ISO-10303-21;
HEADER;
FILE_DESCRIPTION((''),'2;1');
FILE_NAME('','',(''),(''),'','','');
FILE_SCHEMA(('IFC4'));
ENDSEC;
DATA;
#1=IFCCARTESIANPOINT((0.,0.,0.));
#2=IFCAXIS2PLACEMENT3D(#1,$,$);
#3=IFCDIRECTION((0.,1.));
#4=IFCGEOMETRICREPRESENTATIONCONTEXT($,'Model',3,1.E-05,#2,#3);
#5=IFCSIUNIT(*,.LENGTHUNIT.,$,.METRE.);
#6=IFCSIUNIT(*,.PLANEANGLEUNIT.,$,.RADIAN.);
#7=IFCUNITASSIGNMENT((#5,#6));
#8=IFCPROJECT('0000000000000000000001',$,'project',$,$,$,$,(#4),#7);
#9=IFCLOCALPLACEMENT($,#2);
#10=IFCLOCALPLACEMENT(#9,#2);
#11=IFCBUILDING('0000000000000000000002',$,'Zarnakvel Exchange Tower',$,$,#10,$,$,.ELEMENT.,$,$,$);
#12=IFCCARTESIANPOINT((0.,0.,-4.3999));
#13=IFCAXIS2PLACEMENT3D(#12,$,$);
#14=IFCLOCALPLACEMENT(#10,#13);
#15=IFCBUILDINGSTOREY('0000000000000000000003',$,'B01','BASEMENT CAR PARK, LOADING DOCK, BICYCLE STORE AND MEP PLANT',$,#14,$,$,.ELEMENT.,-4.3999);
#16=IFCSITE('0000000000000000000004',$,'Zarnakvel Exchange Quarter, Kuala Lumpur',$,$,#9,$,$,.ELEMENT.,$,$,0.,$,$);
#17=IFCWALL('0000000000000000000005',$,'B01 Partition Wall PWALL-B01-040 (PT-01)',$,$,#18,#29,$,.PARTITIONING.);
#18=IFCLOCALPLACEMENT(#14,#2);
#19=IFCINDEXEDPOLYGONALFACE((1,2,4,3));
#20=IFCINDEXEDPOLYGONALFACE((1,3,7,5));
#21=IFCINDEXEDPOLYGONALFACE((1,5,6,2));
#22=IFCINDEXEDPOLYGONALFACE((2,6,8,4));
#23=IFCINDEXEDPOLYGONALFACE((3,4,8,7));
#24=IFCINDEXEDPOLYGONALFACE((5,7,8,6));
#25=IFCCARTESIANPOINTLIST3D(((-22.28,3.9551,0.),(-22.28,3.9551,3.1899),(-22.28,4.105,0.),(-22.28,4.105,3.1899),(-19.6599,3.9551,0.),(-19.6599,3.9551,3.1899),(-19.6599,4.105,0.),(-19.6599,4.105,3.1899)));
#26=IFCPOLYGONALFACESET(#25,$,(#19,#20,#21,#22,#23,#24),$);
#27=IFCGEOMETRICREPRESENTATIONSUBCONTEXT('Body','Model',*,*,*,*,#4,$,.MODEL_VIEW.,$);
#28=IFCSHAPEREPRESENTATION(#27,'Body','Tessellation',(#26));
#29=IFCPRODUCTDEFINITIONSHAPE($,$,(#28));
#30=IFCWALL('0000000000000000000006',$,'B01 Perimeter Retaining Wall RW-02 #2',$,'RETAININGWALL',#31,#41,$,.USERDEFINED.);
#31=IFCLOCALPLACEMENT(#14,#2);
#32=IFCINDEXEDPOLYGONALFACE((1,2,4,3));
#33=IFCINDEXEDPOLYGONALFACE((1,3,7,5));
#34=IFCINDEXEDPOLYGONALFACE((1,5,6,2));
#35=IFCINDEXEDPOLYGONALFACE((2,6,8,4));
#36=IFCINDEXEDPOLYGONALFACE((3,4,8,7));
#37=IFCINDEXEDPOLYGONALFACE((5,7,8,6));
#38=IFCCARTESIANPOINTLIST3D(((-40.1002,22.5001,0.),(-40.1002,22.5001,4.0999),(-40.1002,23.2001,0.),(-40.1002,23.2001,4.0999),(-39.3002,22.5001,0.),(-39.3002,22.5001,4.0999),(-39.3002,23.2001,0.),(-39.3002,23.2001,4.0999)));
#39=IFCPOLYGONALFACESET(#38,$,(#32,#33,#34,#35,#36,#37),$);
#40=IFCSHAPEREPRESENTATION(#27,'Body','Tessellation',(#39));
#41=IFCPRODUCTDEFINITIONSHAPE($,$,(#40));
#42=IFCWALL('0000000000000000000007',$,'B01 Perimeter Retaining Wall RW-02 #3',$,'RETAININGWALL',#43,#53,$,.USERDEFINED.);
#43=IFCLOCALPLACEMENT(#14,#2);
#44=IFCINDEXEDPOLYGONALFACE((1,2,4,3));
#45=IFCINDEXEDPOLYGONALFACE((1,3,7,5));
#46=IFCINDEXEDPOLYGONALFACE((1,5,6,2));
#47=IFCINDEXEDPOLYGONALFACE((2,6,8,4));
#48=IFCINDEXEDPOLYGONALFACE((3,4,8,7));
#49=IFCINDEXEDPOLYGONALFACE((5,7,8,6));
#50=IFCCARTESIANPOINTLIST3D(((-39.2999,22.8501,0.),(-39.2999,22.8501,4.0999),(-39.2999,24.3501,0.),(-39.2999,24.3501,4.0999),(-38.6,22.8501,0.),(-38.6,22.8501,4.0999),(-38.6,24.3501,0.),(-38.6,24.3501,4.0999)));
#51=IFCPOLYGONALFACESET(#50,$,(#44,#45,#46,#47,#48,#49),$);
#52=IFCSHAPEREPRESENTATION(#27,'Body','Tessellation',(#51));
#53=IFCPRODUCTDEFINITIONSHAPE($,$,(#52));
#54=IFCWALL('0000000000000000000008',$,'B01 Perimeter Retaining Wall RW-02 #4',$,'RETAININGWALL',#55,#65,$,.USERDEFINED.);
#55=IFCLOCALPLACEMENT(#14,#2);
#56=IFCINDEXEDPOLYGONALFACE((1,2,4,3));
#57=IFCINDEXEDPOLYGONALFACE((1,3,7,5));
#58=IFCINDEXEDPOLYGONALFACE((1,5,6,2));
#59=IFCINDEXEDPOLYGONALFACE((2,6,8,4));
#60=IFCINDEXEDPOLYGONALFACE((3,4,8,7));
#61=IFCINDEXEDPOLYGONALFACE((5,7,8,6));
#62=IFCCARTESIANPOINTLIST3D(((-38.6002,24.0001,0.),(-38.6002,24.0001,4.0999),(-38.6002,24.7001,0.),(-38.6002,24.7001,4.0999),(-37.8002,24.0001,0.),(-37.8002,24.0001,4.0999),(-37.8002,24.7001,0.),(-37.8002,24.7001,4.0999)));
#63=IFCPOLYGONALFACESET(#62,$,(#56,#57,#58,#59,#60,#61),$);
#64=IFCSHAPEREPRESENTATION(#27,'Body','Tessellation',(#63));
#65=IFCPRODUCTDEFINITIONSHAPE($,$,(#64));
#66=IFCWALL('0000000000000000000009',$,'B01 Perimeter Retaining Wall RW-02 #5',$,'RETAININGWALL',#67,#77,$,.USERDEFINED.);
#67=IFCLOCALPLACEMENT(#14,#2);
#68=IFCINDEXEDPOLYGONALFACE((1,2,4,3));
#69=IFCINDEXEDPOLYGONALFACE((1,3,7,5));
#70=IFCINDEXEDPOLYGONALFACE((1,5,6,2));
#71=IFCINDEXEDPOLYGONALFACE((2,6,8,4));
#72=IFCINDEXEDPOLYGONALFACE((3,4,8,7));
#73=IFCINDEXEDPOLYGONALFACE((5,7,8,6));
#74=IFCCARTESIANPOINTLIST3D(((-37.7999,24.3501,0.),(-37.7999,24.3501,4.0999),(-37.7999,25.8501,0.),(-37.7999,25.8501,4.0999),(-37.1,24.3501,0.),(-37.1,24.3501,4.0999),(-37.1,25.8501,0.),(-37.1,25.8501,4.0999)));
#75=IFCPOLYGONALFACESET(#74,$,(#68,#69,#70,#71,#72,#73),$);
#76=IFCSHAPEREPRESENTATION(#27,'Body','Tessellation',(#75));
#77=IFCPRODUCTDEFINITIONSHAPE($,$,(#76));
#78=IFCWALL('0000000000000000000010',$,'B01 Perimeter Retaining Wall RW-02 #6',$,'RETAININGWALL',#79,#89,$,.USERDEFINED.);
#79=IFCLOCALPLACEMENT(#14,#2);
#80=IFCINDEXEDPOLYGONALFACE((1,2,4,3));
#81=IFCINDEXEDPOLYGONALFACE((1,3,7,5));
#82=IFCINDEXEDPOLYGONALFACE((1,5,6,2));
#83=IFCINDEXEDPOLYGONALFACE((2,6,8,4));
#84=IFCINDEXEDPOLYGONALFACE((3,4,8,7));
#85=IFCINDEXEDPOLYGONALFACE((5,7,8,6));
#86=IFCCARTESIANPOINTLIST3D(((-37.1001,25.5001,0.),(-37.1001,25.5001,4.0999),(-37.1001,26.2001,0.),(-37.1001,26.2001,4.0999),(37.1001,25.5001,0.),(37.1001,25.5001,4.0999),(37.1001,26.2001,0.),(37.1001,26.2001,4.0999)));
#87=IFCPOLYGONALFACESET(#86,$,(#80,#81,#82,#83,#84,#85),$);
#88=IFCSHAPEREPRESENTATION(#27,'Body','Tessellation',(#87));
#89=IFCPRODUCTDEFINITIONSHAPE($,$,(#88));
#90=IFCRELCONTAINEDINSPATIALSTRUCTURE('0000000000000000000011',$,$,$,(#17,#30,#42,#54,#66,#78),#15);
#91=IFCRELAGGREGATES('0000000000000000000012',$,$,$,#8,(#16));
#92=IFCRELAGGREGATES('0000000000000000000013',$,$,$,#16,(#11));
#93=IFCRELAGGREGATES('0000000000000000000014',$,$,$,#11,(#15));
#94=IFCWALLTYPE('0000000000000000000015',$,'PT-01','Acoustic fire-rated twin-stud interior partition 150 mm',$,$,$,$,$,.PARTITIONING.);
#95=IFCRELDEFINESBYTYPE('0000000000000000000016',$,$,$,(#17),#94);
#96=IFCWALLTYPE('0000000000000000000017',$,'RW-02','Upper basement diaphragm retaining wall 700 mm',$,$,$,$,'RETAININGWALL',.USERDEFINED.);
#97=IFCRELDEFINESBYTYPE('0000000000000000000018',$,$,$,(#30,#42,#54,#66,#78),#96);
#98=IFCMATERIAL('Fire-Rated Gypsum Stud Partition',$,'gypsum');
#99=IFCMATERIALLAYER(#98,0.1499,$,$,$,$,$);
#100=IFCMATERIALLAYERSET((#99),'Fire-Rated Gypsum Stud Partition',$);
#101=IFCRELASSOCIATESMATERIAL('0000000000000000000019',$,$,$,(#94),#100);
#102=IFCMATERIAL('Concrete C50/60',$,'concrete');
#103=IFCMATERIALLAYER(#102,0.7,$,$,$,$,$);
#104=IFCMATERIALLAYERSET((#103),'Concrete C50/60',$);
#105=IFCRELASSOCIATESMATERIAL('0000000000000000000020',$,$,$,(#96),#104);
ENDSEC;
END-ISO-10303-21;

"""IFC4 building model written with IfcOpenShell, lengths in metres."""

from ifc_helpers import new_model, si_unit, direction, frame, frame_2d, origin, place, context, subcontext, project, spatial, rectangle, extrude, material, layer, layer_set, type_object, element, save


model = new_model("IFC4")

# Units and contexts
model_context = context("Model", 3, precision=1e-05, world=origin(), true_north=direction((0.0, 1.0)))
body_context = subcontext(model_context, "Body", "Model", "MODEL_VIEW")
ifc_project = project(units=[si_unit("LENGTHUNIT", "METRE"), si_unit("PLANEANGLEUNIT", "RADIAN")], contexts=[model_context])

# Site, building, storey
site_placement = place(None, origin())
site = spatial("IfcSite", under=ifc_project, at=site_placement, Name="Zarnakvel Exchange Quarter, Kuala Lumpur", CompositionType="ELEMENT", RefElevation=0.0)
building_placement = place(site_placement, origin())
building = spatial("IfcBuilding", under=site, at=building_placement, Name="Zarnakvel Exchange Tower", CompositionType="ELEMENT")
storey_placement = place(building_placement, frame((0.0, 0.0, -4.3999)))
storey = spatial("IfcBuildingStorey", under=building, at=storey_placement, Name="B01", Description="BASEMENT CAR PARK, LOADING DOCK, BICYCLE STORE AND MEP PLANT", CompositionType="ELEMENT", Elevation=-4.3999)

# Shared definitions
ifc_material_1 = material(Name="Concrete C50/60", Category="concrete")

# Walls
ifc_material_2 = material(Name="Fire-Rated Gypsum Stud Partition", Category="gypsum")
ifc_layer_1 = layer(ifc_material_2, 0.1499)
ifc_layer_set_1 = layer_set([ifc_layer_1], Name="Fire-Rated Gypsum Stud Partition")
wall_type_1 = type_object("IfcWallType", Name="PT-01", Description="Acoustic fire-rated twin-stud interior partition 150 mm", PredefinedType="PARTITIONING", material=ifc_layer_set_1)
wall_1_placement = place(storey_placement, frame((-22.28, 4.03, 0.0), z_axis=(0.0, 0.0, 1.0), x_axis=(1.0, 0.0, 0.0)))
element("IfcWall", 1, at=wall_1_placement, inside=storey, type_object=wall_type_1, Name="B01 Partition Wall PWALL-B01-040 (PT-01)", PredefinedType="PARTITIONING", context=body_context, shape_type="SweptSolid", body=[
    extrude(rectangle(XDim=2.6201, YDim=0.1499, at=frame_2d((1.3101, 0.0))), origin(), (0.0, 0.0, 1.0), 3.1899),
])
ifc_layer_2 = layer(ifc_material_1, 0.7)
ifc_layer_set_2 = layer_set([ifc_layer_2], Name="Concrete C50/60")
wall_type_2 = type_object("IfcWallType", Name="RW-02", Description="Upper basement diaphragm retaining wall 700 mm", ElementType="RETAININGWALL", PredefinedType="USERDEFINED", material=ifc_layer_set_2)
wall_2_placement = place(storey_placement, frame((-40.1001, 22.8501, 0.0), z_axis=(0.0, 0.0, 1.0), x_axis=(1.0, 0.0, 0.0)))
element("IfcWall", 2, at=wall_2_placement, inside=storey, type_object=wall_type_2, Name="B01 Perimeter Retaining Wall RW-02 #2", ObjectType="RETAININGWALL", PredefinedType="USERDEFINED", context=body_context, shape_type="SweptSolid", body=[
    extrude(rectangle(XDim=0.8, YDim=0.7, at=frame_2d((0.3999, 0.0))), origin(), (0.0, 0.0, 1.0), 4.0999),
])
wall_3_placement = place(storey_placement, frame((-38.95, 22.8501, 0.0), z_axis=(0.0, 0.0, 1.0), x_axis=(0.0, 1.0, 0.0)))
element("IfcWall", 3, at=wall_3_placement, inside=storey, type_object=wall_type_2, Name="B01 Perimeter Retaining Wall RW-02 #3", ObjectType="RETAININGWALL", PredefinedType="USERDEFINED", context=body_context, shape_type="SweptSolid", body=[
    extrude(rectangle(XDim=1.5, YDim=0.7, at=frame_2d((0.75, 0.0))), origin(), (0.0, 0.0, 1.0), 4.0999),
])
wall_4_placement = place(storey_placement, frame((-38.6001, 24.3501, 0.0), z_axis=(0.0, 0.0, 1.0), x_axis=(1.0, 0.0, 0.0)))
element("IfcWall", 4, at=wall_4_placement, inside=storey, type_object=wall_type_2, Name="B01 Perimeter Retaining Wall RW-02 #4", ObjectType="RETAININGWALL", PredefinedType="USERDEFINED", context=body_context, shape_type="SweptSolid", body=[
    extrude(rectangle(XDim=0.8, YDim=0.7, at=frame_2d((0.3999, 0.0))), origin(), (0.0, 0.0, 1.0), 4.0999),
])
wall_5_placement = place(storey_placement, frame((-37.45, 24.3501, 0.0), z_axis=(0.0, 0.0, 1.0), x_axis=(0.0, 1.0, 0.0)))
element("IfcWall", 5, at=wall_5_placement, inside=storey, type_object=wall_type_2, Name="B01 Perimeter Retaining Wall RW-02 #5", ObjectType="RETAININGWALL", PredefinedType="USERDEFINED", context=body_context, shape_type="SweptSolid", body=[
    extrude(rectangle(XDim=1.5, YDim=0.7, at=frame_2d((0.75, 0.0))), origin(), (0.0, 0.0, 1.0), 4.0999),
])
wall_6_placement = place(storey_placement, frame((-37.1001, 25.8501, 0.0), z_axis=(0.0, 0.0, 1.0), x_axis=(1.0, 0.0, 0.0)))
element("IfcWall", 6, at=wall_6_placement, inside=storey, type_object=wall_type_2, Name="B01 Perimeter Retaining Wall RW-02 #6", ObjectType="RETAININGWALL", PredefinedType="USERDEFINED", context=body_context, shape_type="SweptSolid", body=[
    extrude(rectangle(XDim=74.2002, YDim=0.7, at=frame_2d((37.1001, 0.0))), origin(), (0.0, 0.0, 1.0), 4.0999),
])

save(model, "model.ifc")
